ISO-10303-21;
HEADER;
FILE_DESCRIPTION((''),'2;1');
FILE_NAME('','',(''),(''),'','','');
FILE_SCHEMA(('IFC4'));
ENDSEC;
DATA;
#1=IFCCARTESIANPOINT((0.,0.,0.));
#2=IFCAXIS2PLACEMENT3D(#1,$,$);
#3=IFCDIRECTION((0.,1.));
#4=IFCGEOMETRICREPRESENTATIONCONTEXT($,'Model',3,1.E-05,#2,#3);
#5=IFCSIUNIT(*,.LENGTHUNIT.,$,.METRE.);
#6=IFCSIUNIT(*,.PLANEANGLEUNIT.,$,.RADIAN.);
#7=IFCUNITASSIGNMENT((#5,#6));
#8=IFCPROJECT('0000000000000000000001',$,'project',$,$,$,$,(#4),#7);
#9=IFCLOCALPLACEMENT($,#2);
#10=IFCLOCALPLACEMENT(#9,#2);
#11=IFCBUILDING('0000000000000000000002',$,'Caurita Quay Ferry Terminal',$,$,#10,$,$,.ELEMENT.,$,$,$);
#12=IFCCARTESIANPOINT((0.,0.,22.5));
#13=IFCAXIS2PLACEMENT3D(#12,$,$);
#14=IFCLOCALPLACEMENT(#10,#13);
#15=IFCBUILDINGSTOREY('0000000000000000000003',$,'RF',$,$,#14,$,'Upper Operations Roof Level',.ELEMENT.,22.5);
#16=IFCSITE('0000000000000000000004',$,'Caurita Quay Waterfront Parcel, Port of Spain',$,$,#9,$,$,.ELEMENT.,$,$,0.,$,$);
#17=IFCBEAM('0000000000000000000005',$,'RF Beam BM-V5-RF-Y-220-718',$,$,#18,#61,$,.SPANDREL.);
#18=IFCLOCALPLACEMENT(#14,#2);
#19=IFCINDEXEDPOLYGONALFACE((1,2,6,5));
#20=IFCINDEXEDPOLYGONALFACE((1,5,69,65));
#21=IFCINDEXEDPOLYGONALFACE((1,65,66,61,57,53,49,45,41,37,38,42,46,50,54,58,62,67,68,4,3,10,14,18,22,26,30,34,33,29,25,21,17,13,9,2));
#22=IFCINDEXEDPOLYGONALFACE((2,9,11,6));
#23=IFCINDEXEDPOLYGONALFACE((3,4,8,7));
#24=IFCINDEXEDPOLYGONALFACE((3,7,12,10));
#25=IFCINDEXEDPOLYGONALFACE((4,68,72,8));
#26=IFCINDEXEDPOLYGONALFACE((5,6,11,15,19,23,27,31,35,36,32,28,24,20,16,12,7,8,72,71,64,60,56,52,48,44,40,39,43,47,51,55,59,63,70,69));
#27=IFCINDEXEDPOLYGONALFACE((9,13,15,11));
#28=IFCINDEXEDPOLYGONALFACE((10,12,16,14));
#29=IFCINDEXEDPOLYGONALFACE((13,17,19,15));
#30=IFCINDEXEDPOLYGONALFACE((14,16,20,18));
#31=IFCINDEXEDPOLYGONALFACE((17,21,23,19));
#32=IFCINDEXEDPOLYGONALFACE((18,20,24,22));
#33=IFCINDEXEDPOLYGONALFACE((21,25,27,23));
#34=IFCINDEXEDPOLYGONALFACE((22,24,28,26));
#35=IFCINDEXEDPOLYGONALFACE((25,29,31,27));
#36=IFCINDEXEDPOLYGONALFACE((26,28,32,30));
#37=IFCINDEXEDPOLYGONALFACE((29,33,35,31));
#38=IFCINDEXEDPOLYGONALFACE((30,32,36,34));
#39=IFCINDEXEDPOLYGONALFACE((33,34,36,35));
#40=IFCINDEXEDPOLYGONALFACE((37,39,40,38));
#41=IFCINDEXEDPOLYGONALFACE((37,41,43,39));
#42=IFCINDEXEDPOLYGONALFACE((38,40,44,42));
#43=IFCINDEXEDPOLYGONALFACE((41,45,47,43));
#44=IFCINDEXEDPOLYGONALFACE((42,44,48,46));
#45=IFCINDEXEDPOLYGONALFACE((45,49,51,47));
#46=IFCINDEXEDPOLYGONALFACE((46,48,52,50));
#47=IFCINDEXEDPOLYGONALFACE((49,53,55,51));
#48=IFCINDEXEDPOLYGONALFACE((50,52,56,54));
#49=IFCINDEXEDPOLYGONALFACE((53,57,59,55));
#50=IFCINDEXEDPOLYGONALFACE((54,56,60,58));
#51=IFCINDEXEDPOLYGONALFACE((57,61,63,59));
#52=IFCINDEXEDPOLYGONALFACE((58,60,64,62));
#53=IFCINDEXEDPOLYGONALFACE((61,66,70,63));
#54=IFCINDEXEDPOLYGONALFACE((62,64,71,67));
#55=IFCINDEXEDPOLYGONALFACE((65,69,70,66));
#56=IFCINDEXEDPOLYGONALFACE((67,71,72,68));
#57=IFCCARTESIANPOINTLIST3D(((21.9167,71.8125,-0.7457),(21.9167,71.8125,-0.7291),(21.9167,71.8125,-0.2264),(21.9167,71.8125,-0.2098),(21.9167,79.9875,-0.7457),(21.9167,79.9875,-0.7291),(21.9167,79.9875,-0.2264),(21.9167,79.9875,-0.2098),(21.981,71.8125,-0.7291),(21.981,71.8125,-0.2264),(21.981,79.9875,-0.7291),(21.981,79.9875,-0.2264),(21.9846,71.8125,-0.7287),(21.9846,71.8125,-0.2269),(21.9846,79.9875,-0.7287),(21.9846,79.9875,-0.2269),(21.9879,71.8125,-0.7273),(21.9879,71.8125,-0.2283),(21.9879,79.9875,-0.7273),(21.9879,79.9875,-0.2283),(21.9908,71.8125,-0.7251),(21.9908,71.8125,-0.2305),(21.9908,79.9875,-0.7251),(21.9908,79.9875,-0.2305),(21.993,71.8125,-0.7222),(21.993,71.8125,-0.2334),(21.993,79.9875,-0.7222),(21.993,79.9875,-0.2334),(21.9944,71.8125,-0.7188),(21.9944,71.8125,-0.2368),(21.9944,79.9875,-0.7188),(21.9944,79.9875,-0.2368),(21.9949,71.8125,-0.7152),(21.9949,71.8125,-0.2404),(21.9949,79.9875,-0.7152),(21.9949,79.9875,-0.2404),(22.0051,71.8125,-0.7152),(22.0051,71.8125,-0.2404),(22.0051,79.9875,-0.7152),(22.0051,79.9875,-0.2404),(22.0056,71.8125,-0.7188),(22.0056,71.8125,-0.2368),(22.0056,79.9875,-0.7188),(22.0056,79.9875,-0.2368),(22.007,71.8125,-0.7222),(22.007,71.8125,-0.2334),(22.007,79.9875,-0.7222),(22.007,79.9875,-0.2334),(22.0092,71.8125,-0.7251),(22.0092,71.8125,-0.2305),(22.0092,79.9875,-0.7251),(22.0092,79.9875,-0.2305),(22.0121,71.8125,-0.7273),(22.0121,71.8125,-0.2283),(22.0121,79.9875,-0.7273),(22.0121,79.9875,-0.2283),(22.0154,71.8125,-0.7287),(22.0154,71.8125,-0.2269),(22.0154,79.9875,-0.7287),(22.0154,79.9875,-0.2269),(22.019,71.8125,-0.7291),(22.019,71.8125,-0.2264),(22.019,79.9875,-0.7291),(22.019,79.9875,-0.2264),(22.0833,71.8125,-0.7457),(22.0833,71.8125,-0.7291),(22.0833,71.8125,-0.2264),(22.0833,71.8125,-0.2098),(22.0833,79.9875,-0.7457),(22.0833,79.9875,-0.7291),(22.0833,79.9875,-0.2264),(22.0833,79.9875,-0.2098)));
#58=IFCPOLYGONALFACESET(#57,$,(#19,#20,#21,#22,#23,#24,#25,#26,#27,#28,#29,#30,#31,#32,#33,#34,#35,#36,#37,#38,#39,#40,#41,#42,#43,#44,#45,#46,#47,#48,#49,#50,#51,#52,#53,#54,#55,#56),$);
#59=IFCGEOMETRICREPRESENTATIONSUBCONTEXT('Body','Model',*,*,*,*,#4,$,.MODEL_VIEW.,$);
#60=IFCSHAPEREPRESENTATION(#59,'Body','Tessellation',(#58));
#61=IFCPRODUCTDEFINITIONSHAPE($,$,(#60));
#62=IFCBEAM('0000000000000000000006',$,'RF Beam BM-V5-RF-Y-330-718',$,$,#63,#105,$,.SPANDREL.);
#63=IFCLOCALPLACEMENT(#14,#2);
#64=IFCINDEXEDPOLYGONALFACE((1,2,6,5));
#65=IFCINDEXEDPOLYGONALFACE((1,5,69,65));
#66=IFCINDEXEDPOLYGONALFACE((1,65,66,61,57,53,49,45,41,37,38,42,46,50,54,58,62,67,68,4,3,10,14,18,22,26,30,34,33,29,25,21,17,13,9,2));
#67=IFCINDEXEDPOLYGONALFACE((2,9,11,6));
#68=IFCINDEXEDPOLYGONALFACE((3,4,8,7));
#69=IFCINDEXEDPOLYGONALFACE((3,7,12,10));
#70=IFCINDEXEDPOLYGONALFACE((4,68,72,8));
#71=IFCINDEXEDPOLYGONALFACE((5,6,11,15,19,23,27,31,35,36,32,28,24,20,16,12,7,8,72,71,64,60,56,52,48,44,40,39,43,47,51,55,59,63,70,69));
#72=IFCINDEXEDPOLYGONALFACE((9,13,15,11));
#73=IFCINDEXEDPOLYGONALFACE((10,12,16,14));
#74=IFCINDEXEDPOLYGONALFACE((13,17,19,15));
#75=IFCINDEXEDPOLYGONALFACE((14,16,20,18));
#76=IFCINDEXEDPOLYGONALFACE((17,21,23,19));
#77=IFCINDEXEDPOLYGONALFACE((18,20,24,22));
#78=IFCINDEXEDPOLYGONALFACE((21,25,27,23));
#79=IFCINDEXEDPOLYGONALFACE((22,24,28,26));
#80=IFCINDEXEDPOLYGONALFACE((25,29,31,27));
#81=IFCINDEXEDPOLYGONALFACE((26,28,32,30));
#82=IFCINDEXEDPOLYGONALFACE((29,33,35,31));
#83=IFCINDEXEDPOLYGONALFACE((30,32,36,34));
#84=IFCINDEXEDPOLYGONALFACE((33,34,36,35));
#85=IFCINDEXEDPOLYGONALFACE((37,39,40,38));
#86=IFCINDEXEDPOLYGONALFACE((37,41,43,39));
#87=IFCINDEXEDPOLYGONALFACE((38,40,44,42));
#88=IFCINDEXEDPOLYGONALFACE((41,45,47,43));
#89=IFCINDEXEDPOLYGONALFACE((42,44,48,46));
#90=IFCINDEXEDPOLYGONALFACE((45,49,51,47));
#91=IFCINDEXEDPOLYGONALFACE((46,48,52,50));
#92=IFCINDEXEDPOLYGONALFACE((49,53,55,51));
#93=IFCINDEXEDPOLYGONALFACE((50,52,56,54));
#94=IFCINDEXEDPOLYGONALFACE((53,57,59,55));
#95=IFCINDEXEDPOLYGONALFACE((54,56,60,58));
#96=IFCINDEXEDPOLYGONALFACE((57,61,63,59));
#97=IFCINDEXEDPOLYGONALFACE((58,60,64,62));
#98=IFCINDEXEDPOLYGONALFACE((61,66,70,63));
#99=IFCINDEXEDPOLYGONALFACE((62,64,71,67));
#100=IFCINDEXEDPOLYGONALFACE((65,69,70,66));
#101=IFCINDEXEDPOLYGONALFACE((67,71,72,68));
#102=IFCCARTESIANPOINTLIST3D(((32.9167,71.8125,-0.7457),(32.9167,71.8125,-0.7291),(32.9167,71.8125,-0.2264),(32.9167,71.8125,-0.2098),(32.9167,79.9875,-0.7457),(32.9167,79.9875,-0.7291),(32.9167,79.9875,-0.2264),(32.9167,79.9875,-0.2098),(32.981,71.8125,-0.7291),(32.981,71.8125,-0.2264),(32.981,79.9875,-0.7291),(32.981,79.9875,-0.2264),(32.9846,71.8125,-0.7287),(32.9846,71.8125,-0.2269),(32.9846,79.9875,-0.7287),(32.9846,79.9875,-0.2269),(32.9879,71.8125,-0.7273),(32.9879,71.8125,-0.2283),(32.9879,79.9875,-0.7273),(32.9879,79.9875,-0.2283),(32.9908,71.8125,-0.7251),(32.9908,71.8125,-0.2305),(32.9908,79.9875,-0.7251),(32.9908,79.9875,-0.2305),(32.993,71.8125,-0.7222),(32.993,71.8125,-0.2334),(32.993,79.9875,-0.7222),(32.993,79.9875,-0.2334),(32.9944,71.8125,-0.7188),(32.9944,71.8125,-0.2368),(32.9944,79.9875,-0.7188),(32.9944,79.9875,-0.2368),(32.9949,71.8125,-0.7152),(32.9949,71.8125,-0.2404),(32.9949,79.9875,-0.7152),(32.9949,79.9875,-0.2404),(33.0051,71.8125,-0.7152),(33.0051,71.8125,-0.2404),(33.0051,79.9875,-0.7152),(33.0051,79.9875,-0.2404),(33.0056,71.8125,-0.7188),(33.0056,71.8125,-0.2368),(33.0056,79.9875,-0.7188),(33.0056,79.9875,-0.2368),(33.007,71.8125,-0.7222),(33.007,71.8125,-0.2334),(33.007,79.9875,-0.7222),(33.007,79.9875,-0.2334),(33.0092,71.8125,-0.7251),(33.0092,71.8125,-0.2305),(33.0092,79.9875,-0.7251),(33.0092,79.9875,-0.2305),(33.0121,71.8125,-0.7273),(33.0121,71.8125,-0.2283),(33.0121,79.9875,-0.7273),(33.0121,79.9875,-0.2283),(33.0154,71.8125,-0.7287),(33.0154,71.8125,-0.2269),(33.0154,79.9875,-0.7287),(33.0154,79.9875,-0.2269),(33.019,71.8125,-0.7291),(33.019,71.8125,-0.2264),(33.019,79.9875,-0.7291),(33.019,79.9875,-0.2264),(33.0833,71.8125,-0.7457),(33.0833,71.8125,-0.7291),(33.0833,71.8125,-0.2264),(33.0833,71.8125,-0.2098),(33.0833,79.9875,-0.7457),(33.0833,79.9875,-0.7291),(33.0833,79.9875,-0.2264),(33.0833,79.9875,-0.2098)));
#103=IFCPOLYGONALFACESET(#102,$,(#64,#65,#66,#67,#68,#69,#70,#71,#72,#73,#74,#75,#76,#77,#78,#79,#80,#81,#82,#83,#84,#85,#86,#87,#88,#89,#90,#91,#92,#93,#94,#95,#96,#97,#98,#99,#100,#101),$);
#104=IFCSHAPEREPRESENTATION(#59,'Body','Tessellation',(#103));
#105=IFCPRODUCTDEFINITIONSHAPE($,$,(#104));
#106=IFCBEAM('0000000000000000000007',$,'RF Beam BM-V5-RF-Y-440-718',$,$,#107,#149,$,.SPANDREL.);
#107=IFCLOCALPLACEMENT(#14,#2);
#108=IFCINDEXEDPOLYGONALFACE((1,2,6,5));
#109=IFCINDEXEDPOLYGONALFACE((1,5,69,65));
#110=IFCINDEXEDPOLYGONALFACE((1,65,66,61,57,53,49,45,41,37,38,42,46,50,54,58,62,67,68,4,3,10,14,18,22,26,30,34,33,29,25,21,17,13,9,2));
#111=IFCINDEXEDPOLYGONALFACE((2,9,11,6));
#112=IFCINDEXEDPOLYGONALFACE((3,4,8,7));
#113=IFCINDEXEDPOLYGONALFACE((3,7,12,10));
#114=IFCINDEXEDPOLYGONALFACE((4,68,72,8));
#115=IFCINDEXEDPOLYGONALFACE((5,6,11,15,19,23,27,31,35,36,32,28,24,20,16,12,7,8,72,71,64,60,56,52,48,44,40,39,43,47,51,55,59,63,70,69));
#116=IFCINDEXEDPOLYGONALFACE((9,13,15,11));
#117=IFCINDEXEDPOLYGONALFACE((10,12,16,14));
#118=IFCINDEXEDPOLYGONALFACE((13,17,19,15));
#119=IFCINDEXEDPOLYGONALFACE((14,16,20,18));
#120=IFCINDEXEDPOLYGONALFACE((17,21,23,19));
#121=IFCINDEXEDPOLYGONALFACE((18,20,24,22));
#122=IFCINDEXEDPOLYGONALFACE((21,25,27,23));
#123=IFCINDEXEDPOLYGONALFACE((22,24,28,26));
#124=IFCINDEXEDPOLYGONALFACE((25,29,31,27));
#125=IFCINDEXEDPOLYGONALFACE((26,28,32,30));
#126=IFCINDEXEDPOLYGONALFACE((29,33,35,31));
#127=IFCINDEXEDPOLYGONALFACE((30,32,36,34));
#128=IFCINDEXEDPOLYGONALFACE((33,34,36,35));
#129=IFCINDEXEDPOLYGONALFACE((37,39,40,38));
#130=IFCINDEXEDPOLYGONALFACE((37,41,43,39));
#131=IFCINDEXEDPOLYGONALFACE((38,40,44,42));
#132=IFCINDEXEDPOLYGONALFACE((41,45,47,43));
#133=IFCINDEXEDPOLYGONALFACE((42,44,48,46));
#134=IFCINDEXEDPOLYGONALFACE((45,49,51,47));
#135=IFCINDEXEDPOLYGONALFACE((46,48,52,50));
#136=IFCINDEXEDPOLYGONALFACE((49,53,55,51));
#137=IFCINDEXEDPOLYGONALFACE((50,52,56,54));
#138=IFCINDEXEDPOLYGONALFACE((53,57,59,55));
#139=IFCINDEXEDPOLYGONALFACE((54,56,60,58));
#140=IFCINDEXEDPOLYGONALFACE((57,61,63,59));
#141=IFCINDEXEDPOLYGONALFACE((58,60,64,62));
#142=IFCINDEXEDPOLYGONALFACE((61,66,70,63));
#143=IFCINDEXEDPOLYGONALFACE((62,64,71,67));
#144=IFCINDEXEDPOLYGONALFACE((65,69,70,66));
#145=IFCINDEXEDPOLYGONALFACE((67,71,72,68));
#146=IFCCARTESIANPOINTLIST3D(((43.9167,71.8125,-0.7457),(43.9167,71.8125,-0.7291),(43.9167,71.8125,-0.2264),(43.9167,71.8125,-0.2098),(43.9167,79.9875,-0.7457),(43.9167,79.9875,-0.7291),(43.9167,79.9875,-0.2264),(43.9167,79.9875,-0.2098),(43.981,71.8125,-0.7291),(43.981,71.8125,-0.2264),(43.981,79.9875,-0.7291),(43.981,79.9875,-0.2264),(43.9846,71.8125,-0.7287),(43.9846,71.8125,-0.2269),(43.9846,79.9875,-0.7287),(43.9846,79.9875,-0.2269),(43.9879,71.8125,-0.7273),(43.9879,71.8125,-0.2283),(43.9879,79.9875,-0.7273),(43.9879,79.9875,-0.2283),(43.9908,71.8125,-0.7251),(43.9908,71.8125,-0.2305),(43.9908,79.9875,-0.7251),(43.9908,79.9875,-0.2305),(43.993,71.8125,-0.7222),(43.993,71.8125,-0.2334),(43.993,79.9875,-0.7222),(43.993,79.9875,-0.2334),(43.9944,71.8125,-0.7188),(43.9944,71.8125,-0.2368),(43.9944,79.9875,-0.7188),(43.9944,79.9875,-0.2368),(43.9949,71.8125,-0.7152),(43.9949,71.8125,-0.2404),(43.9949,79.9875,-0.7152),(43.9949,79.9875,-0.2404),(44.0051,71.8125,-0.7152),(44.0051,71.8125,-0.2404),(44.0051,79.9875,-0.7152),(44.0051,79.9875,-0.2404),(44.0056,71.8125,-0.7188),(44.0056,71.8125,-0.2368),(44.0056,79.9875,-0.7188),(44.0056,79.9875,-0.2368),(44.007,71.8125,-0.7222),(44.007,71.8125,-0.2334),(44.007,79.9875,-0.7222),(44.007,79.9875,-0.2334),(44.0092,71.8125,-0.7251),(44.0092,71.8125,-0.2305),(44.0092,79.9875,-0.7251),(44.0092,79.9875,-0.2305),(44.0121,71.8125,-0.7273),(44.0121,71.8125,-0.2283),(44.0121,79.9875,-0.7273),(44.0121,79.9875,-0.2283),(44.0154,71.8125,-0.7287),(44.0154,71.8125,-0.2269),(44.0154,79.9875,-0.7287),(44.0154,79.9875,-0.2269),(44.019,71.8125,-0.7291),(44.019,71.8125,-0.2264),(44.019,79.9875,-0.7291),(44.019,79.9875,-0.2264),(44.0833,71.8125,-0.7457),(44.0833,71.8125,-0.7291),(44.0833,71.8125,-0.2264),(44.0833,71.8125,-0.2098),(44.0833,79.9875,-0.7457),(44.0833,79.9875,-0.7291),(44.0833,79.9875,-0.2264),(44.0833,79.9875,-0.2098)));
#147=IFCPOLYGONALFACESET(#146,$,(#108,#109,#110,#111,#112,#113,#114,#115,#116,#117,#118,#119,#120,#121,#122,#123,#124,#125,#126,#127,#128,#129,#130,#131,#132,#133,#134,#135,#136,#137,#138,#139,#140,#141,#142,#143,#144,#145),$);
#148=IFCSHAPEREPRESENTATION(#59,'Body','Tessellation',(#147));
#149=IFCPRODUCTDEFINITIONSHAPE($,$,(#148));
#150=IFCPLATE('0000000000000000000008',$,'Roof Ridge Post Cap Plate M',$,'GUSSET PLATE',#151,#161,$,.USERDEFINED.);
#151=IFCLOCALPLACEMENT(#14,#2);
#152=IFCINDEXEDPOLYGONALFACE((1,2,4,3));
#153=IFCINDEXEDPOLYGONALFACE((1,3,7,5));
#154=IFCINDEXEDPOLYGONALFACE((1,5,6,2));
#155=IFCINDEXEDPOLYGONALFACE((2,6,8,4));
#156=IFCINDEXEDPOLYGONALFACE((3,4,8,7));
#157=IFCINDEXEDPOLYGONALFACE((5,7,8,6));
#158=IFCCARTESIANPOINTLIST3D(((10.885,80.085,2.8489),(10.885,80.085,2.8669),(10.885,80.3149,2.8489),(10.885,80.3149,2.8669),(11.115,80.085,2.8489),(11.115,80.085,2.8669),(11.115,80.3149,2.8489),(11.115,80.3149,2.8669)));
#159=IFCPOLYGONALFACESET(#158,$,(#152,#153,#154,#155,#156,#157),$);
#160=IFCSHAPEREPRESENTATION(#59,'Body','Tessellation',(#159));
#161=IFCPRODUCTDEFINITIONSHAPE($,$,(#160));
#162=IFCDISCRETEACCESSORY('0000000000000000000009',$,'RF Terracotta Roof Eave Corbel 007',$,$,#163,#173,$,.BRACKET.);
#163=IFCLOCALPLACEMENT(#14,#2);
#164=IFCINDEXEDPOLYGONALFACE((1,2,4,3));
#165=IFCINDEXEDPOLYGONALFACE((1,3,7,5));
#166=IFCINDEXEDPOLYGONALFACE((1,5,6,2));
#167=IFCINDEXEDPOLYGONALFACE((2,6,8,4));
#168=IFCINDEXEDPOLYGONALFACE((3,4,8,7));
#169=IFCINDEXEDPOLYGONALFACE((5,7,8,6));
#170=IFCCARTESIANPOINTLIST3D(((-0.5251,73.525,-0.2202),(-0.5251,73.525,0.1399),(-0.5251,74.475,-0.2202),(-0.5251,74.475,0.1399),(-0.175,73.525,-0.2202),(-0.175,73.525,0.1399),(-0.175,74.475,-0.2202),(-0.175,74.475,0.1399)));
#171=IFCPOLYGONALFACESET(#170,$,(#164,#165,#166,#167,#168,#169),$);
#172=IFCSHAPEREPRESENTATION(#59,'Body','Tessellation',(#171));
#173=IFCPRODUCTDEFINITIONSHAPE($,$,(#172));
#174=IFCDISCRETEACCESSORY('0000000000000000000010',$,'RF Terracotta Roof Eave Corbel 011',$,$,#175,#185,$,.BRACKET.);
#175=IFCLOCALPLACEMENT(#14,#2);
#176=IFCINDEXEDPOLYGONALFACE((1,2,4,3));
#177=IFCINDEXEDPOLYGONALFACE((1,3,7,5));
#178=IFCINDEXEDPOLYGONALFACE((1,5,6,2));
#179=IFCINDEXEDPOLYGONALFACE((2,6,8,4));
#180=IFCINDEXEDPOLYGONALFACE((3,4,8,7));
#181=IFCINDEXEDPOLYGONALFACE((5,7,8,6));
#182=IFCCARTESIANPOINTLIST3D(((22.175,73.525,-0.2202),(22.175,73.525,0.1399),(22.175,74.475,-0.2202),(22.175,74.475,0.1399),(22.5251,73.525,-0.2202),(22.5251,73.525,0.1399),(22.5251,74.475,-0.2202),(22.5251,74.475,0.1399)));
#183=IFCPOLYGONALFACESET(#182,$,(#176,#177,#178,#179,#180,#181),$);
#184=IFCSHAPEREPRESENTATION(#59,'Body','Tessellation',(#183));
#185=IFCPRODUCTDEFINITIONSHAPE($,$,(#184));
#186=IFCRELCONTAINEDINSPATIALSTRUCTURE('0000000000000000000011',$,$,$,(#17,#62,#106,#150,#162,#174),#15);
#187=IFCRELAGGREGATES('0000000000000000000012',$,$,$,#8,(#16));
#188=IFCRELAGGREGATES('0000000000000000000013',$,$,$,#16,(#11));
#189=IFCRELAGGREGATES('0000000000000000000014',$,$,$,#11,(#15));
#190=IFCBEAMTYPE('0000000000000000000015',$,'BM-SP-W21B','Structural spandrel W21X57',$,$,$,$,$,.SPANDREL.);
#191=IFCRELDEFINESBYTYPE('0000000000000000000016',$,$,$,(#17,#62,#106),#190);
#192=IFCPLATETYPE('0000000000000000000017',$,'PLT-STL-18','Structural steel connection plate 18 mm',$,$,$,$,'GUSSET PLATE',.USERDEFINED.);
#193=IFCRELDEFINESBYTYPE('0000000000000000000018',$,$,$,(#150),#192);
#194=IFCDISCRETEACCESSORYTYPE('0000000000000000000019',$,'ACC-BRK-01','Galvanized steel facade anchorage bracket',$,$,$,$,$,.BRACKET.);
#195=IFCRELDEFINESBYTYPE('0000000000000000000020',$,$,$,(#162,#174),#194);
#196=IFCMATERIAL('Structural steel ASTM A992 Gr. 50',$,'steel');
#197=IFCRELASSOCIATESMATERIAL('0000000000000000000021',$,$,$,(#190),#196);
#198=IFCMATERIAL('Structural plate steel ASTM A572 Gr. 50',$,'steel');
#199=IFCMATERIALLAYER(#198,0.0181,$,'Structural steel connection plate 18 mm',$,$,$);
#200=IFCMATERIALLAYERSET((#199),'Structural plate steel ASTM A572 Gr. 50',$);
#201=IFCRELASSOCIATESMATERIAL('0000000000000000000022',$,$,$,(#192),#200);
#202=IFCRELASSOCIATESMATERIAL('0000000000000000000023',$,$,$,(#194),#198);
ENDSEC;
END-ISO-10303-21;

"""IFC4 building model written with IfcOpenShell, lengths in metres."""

from ifc_helpers import new_model, si_unit, direction, frame, origin, origin_2d, place, context, subcontext, project, spatial, rectangle, i_section, extrude, material, layer, layer_set, material_profile, profile_set, type_object, element, save


model = new_model("IFC4")

# Units and contexts
model_context = context("Model", 3, precision=1e-05, world=origin(), true_north=direction((0.0, 1.0)))
body_context = subcontext(model_context, "Body", "Model", "MODEL_VIEW")
ifc_project = project(units=[si_unit("LENGTHUNIT", "METRE"), si_unit("PLANEANGLEUNIT", "RADIAN")], contexts=[model_context])

# Site, building, storey
site_placement = place(None, origin())
site = spatial("IfcSite", under=ifc_project, at=site_placement, Name="Caurita Quay Waterfront Parcel, Port of Spain", CompositionType="ELEMENT", RefElevation=0.0)
building_placement = place(site_placement, origin())
building = spatial("IfcBuilding", under=site, at=building_placement, Name="Caurita Quay Ferry Terminal", CompositionType="ELEMENT")
storey_placement = place(building_placement, frame((0.0, 0.0, 22.5)))
storey = spatial("IfcBuildingStorey", under=building, at=storey_placement, Name="RF", LongName="Upper Operations Roof Level", CompositionType="ELEMENT", Elevation=22.5)

# Beams
ifc_material_1 = material(Name="Structural steel ASTM A992 Gr. 50", Category="steel")
ifc_material_profile_1 = material_profile(ifc_material_1, i_section(OverallWidth=0.1665, OverallDepth=0.5359, WebThickness=0.0103, FlangeThickness=0.0166, FilletRadius=0.0139, at=origin_2d()), Name="W21X57")
ifc_profile_set_1 = profile_set([ifc_material_profile_1], Name="Structural steel ASTM A992 Gr. 50")
beam_type_1 = type_object("IfcBeamType", Name="BM-SP-W21B", Description="Structural spandrel W21X57", PredefinedType="SPANDREL", material=ifc_profile_set_1)
for number, where, z_axis, x_axis, name in (
    (1, (22.0, 71.8125, -0.4778), (0.0, 1.0, 0.0), (-1.0, 0.0, 0.0), "RF Beam BM-V5-RF-Y-220-718"),
    (2, (33.0, 71.8125, -0.4778), (0.0, 1.0, 0.0), (-1.0, 0.0, 0.0), "RF Beam BM-V5-RF-Y-330-718"),
    (3, (44.0, 71.8125, -0.4778), (0.0, 1.0, 0.0), (-1.0, 0.0, 0.0), "RF Beam BM-V5-RF-Y-440-718"),
):
    element("IfcBeam", number, at=place(storey_placement, frame(where, z_axis=z_axis, x_axis=x_axis)), inside=storey, type_object=beam_type_1, Name=name, PredefinedType="SPANDREL", context=body_context, shape_type="SweptSolid", body=[
        extrude(i_section(OverallWidth=0.1665, OverallDepth=0.5359, WebThickness=0.0103, FlangeThickness=0.0166, FilletRadius=0.0139, at=origin_2d()), origin(), (0.0, 0.0, 1.0), 8.175),
    ])

# Plate
ifc_material_2 = material(Name="Structural plate steel ASTM A572 Gr. 50", Category="steel")
ifc_layer = layer(ifc_material_2, 0.0181, Name="Structural steel connection plate 18 mm")
ifc_layer_set = layer_set([ifc_layer], Name="Structural plate steel ASTM A572 Gr. 50")
plate_type = type_object("IfcPlateType", Name="PLT-STL-18", Description="Structural steel connection plate 18 mm", ElementType="GUSSET PLATE", PredefinedType="USERDEFINED", material=ifc_layer_set)
plate_placement = place(storey_placement, frame((11.0, 80.2, 2.8489), z_axis=(0.0, 0.0, 1.0), x_axis=(1.0, 0.0, 0.0)))
element("IfcPlate", 4, at=plate_placement, inside=storey, type_object=plate_type, Name="Roof Ridge Post Cap Plate M", ObjectType="GUSSET PLATE", PredefinedType="USERDEFINED", context=body_context, shape_type="SweptSolid", body=[
    extrude(rectangle(XDim=0.23, YDim=0.23, at=origin_2d()), origin(), (0.0, 0.0, 1.0), 0.0181),
])

# Discrete accessories
discrete_accessory_type = type_object("IfcDiscreteAccessoryType", Name="ACC-BRK-01", Description="Galvanized steel facade anchorage bracket", PredefinedType="BRACKET", material=ifc_material_2)
for number, where, z_axis, x_axis, name in (
    (5, (-0.3501, 74.0, -0.2202), (0.0, 0.0, 1.0), (1.0, 0.0, 0.0), "RF Terracotta Roof Eave Corbel 007"),
    (6, (22.3501, 74.0, -0.2202), (0.0, 0.0, 1.0), (1.0, 0.0, 0.0), "RF Terracotta Roof Eave Corbel 011"),
):
    element("IfcDiscreteAccessory", number, at=place(storey_placement, frame(where, z_axis=z_axis, x_axis=x_axis)), inside=storey, type_object=discrete_accessory_type, Name=name, PredefinedType="BRACKET", context=body_context, shape_type="SweptSolid", body=[
        extrude(rectangle(XDim=0.3501, YDim=0.95, at=origin_2d()), origin(), (0.0, 0.0, 1.0), 0.3601),
    ])

save(model, "model.ifc")
